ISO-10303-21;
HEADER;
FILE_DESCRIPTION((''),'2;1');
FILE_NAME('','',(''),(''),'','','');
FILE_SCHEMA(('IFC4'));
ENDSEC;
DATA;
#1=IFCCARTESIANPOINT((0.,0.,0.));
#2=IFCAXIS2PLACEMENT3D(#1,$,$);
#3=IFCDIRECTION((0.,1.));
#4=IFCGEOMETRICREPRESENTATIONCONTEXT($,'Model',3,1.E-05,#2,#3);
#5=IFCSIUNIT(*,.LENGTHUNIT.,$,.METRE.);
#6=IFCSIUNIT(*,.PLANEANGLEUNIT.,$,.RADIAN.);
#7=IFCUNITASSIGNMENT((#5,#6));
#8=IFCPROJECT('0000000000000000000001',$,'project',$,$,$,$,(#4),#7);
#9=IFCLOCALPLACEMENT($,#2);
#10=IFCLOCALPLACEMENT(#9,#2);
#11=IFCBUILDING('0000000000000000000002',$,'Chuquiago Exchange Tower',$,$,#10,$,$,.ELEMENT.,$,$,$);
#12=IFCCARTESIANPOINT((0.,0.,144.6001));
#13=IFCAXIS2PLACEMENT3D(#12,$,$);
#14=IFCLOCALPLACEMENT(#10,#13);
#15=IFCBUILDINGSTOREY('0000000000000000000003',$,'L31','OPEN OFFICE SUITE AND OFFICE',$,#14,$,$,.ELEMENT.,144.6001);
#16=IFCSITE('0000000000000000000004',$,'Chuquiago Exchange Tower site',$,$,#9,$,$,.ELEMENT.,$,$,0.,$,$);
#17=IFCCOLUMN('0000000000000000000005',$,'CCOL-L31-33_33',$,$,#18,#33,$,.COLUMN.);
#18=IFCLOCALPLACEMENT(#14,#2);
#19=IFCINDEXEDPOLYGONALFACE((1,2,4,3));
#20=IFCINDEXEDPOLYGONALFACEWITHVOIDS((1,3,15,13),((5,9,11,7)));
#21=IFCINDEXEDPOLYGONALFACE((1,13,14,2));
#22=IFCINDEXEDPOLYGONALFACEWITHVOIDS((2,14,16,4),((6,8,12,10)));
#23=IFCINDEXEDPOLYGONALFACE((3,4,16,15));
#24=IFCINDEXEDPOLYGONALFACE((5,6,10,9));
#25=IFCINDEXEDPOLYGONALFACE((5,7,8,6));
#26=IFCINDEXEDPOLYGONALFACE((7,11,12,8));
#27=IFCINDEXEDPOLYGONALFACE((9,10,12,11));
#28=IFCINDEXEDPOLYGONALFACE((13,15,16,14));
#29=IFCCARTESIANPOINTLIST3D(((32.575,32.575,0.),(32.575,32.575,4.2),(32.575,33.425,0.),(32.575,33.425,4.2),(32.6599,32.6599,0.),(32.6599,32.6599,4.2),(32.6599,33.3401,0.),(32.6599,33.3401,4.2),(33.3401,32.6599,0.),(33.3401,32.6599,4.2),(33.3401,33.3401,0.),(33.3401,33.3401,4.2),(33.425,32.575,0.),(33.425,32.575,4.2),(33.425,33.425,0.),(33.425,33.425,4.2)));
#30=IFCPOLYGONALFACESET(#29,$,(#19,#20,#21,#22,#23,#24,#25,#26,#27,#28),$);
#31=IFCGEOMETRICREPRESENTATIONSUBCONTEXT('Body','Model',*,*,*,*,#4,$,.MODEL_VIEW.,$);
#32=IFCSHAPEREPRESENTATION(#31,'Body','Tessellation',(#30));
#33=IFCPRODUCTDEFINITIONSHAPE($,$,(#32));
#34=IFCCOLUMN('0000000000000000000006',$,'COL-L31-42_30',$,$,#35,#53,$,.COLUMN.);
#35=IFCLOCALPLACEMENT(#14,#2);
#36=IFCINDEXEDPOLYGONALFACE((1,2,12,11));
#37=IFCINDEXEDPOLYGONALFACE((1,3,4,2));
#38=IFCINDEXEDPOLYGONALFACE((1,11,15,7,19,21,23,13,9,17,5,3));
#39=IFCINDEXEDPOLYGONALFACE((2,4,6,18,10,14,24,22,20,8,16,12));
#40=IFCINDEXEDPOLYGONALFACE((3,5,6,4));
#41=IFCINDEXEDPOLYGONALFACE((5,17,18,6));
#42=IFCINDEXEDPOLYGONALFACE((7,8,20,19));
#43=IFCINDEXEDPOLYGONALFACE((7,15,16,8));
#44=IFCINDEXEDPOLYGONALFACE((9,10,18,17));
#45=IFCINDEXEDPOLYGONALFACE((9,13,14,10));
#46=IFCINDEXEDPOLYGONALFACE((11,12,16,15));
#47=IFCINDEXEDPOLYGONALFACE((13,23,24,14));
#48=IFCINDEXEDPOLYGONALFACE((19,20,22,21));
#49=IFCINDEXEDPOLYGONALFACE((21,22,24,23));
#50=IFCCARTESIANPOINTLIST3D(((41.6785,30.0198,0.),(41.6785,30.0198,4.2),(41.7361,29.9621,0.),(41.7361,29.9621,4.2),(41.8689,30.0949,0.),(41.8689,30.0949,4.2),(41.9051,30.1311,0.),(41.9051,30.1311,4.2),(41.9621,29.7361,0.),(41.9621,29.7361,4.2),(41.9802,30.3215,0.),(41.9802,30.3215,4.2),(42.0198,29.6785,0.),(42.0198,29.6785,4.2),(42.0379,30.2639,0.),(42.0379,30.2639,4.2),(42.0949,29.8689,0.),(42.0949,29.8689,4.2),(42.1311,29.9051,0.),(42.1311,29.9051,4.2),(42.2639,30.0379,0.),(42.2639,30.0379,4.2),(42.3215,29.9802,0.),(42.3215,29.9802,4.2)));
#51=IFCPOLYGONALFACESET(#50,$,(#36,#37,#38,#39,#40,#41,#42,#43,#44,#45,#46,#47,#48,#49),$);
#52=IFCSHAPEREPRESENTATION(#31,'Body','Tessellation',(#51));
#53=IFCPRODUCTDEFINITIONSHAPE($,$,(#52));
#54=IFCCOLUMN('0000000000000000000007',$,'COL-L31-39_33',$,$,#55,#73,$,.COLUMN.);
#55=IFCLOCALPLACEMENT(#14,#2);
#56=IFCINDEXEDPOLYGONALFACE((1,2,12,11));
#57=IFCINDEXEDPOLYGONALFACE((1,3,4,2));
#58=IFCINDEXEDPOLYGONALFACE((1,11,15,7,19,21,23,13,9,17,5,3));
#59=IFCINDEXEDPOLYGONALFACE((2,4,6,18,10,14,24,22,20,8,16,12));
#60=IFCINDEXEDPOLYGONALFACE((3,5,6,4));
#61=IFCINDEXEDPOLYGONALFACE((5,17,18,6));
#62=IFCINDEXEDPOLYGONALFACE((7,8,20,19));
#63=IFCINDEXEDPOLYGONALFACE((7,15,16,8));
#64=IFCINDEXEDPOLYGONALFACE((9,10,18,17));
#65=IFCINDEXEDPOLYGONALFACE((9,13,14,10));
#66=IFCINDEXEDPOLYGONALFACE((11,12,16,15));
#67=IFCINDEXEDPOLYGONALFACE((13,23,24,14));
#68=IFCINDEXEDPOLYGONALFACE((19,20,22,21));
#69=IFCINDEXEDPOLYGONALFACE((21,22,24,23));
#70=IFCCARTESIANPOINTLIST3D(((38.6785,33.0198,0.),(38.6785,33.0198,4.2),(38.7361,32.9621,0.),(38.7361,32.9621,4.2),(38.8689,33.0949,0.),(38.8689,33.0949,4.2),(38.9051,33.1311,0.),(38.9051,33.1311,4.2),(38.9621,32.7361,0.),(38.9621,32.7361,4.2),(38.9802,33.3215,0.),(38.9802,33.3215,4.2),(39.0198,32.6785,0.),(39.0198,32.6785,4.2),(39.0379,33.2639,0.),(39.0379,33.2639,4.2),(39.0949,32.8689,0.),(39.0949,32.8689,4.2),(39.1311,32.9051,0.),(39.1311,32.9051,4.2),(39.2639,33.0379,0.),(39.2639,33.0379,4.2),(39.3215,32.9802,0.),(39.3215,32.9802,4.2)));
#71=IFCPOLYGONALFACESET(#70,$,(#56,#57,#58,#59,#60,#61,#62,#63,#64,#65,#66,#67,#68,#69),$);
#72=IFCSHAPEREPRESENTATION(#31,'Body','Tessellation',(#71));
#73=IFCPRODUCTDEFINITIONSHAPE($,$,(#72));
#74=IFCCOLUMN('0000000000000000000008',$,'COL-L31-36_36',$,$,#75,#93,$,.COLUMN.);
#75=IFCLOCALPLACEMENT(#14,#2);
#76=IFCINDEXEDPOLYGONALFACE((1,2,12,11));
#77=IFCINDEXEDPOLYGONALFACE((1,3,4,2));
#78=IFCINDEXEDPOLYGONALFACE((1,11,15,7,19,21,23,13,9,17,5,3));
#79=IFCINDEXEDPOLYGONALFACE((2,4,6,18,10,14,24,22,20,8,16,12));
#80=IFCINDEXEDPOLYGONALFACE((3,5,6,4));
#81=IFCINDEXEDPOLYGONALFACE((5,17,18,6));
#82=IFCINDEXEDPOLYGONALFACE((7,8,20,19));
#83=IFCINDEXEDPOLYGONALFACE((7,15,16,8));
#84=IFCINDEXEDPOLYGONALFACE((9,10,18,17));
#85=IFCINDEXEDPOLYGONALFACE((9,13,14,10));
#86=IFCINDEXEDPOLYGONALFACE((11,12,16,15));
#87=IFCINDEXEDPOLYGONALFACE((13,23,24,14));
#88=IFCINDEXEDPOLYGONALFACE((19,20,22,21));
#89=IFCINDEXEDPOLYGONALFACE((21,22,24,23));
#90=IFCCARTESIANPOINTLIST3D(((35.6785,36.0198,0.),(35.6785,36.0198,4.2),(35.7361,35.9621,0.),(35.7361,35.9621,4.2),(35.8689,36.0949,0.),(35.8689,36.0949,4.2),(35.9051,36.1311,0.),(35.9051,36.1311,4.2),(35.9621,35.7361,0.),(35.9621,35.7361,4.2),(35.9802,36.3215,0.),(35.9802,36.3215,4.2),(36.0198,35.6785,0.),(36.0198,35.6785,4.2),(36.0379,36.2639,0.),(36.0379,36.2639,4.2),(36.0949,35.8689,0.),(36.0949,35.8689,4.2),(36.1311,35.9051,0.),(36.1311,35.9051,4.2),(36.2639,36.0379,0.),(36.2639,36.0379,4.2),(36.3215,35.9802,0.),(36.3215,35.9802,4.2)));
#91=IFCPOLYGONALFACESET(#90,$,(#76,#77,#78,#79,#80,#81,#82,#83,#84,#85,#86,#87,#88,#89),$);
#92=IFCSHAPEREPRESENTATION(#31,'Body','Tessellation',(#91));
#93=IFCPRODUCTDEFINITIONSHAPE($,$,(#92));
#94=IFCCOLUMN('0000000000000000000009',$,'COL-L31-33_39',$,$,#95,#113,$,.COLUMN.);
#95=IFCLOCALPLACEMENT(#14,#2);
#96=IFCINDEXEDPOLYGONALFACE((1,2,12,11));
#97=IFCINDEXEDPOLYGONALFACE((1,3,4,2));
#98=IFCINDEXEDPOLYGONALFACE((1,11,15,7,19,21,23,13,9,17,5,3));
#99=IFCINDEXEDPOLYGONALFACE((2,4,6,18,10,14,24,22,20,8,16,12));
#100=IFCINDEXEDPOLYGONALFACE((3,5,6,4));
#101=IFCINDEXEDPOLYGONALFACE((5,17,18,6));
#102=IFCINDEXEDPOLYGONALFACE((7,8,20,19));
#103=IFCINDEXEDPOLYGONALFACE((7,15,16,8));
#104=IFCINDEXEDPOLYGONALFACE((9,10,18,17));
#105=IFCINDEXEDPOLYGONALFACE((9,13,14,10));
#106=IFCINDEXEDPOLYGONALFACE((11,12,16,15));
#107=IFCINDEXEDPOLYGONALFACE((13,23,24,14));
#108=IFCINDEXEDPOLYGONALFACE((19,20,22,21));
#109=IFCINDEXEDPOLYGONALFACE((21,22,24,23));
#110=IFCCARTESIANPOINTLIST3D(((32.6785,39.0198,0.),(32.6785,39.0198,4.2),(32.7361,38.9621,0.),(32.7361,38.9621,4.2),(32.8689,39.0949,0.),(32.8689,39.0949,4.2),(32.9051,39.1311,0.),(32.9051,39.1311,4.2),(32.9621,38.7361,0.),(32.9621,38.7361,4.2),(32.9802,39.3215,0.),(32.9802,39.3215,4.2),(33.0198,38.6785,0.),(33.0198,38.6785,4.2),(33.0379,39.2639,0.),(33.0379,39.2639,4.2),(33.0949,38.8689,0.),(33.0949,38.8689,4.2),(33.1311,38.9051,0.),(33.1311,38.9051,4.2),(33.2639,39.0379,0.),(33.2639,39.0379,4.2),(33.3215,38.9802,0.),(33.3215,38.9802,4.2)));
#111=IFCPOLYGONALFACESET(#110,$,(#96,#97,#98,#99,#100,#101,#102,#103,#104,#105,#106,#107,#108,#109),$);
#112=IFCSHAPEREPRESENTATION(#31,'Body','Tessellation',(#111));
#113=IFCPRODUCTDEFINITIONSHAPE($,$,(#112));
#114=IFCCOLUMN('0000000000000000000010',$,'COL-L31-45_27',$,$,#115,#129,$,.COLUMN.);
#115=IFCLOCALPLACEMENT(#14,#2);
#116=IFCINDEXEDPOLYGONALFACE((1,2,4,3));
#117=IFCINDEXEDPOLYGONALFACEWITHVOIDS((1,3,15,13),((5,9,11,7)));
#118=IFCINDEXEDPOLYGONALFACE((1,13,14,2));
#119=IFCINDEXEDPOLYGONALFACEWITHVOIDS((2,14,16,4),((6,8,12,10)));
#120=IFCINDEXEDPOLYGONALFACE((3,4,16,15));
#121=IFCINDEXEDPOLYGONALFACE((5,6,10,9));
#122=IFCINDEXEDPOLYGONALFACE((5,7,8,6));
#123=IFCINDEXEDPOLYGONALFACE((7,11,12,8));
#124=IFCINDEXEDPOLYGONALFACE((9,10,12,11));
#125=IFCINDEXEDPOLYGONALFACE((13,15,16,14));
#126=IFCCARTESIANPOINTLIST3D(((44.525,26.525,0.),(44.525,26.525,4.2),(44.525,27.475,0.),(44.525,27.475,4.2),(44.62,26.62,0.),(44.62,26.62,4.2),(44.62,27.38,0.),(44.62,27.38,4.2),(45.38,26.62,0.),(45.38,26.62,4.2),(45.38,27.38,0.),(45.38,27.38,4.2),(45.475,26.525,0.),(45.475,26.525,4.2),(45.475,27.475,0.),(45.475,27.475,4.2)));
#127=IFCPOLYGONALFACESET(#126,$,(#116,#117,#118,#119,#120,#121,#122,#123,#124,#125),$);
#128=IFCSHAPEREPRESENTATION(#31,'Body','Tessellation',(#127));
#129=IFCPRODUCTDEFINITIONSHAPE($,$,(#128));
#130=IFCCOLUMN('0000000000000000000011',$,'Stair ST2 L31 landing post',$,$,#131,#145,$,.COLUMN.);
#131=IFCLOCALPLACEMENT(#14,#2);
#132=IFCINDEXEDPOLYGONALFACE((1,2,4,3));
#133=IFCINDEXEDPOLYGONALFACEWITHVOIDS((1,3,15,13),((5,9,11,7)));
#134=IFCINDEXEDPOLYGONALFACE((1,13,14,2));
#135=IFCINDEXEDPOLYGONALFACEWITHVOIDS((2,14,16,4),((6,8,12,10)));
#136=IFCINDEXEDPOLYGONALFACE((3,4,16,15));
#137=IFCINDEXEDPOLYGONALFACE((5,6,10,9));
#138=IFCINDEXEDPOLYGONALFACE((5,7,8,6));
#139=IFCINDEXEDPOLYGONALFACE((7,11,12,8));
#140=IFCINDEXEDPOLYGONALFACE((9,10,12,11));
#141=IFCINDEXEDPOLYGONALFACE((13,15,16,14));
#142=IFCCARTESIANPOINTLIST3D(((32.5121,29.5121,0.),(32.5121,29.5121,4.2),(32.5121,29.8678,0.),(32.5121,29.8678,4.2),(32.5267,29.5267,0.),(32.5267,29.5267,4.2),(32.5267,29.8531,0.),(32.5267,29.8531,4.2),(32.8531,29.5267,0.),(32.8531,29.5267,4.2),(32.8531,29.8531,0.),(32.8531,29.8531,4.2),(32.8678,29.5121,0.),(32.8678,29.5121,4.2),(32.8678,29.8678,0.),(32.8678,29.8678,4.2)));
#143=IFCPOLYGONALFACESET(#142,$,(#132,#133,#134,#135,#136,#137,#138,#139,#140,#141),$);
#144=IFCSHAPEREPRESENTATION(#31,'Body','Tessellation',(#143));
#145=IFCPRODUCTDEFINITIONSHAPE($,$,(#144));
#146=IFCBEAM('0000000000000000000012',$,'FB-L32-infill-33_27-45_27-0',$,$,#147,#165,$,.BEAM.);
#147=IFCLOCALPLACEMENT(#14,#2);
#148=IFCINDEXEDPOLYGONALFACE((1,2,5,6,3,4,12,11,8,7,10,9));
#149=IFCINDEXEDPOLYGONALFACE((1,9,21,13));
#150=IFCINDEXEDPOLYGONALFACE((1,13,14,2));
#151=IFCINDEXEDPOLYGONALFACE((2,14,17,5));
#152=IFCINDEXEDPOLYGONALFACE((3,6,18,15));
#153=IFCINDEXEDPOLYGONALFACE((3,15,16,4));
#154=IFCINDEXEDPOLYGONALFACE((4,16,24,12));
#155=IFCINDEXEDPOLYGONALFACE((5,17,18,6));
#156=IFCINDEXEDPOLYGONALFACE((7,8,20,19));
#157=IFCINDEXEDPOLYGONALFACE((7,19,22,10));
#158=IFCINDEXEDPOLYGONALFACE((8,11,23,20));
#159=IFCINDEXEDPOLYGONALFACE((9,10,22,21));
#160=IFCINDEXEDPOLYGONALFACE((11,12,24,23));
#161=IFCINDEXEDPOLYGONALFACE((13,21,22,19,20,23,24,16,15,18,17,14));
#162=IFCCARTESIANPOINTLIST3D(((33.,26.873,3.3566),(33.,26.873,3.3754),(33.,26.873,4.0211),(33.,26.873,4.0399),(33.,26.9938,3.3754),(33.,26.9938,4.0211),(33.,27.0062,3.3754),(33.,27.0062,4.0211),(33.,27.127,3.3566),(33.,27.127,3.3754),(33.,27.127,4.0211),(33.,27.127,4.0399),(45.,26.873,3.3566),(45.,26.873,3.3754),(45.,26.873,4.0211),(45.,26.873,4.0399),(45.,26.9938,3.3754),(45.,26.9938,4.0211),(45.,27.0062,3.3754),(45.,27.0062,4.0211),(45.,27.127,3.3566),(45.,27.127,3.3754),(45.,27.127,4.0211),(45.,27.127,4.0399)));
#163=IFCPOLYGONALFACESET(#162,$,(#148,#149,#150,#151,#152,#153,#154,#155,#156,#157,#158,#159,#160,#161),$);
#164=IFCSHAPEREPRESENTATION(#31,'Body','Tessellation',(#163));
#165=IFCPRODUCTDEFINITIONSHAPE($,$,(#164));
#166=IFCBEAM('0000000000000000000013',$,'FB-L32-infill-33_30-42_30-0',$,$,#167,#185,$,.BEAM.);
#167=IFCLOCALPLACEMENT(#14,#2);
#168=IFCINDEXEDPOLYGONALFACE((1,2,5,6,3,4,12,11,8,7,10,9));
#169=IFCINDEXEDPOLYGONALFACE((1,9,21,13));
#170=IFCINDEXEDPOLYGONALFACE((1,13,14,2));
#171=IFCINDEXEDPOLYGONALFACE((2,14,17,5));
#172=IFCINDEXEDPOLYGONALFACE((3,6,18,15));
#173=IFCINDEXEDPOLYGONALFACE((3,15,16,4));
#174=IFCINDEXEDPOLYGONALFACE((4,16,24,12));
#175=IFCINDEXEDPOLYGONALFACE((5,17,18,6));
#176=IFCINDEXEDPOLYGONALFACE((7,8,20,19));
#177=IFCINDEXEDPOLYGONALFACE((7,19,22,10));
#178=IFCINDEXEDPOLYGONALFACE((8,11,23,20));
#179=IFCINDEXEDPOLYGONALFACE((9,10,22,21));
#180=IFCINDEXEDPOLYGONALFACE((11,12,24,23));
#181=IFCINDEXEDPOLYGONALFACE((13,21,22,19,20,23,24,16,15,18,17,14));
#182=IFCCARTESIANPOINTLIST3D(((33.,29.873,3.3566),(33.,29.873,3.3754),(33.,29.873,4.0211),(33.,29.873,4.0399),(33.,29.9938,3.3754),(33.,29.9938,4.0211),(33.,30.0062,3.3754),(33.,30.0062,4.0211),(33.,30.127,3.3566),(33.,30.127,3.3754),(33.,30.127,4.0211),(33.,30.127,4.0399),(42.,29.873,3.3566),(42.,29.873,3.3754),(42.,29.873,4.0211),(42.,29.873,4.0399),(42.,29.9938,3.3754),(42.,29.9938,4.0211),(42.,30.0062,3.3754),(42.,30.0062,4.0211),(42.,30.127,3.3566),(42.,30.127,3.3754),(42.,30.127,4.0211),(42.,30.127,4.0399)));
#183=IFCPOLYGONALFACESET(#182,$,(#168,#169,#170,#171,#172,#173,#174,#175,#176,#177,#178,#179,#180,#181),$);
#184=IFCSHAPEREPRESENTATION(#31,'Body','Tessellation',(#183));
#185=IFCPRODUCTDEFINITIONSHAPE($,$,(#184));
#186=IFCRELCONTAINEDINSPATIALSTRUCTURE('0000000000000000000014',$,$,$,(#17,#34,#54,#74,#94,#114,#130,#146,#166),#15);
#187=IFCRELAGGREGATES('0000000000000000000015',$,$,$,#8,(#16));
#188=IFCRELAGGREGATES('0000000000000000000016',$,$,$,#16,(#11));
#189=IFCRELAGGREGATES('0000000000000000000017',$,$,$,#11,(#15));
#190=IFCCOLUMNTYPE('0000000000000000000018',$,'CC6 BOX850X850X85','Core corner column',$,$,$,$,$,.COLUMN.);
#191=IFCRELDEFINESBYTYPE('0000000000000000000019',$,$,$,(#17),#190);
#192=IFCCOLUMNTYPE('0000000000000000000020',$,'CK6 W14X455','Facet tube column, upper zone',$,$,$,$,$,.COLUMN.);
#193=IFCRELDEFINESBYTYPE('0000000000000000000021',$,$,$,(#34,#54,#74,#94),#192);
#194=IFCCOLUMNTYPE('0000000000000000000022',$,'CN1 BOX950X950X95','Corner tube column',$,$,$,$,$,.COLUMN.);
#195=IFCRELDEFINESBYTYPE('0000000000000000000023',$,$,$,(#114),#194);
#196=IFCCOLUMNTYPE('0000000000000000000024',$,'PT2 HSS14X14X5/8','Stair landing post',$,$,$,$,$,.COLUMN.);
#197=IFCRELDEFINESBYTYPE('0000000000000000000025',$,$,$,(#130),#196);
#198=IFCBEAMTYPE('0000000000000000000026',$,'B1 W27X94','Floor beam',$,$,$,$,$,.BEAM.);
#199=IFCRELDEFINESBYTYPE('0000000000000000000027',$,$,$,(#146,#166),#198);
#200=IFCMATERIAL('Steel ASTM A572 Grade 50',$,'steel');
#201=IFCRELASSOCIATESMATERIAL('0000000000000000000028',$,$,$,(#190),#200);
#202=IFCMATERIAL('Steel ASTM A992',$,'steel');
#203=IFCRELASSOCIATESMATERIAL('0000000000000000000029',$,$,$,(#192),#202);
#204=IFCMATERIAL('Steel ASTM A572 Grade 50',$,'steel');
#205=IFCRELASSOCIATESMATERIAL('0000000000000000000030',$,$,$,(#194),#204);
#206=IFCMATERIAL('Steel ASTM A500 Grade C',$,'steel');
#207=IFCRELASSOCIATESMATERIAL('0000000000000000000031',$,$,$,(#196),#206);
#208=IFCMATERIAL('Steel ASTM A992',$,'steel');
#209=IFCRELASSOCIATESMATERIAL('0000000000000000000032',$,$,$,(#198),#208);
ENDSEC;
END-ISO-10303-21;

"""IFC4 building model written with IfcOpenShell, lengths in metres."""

from ifc_helpers import new_model, si_unit, direction, frame, origin, origin_2d, place, context, subcontext, project, spatial, hollow_rectangle, i_section, extrude, material, material_profile, profile_set, type_object, element, save


model = new_model("IFC4")

# Units and contexts
model_context = context("Model", 3, precision=1e-05, world=origin(), true_north=direction((0.0, 1.0)))
body_context = subcontext(model_context, "Body", "Model", "MODEL_VIEW")
ifc_project = project(units=[si_unit("LENGTHUNIT", "METRE"), si_unit("PLANEANGLEUNIT", "RADIAN")], contexts=[model_context])

# Site, building, storey
site_placement = place(None, origin())
site = spatial("IfcSite", under=ifc_project, at=site_placement, Name="Chuquiago Exchange Tower site", CompositionType="ELEMENT", RefElevation=0.0)
building_placement = place(site_placement, origin())
building = spatial("IfcBuilding", under=site, at=building_placement, Name="Chuquiago Exchange Tower", CompositionType="ELEMENT")
storey_placement = place(building_placement, frame((0.0, 0.0, 144.6001)))
storey = spatial("IfcBuildingStorey", under=building, at=storey_placement, Name="L31", Description="OPEN OFFICE SUITE AND OFFICE", CompositionType="ELEMENT", Elevation=144.6001)

# Columns
ifc_material_1 = material(Name="Steel ASTM A572 Grade 50", Category="steel")
ifc_material_profile_1 = material_profile(ifc_material_1, hollow_rectangle(XDim=0.8501, YDim=0.8501, WallThickness=0.085, at=origin_2d()), Name="BOX850X850X85")
ifc_profile_set_1 = profile_set([ifc_material_profile_1], Name="Steel ASTM A572 Grade 50")
column_type_1 = type_object("IfcColumnType", Name="CC6 BOX850X850X85", Description="Core corner column", PredefinedType="COLUMN", material=ifc_profile_set_1)
column_1_placement = place(storey_placement, frame((33.0, 33.0, 0.0), z_axis=(0.0, 0.0, 1.0), x_axis=(1.0, 0.0, 0.0)))
element("IfcColumn", 1, at=column_1_placement, inside=storey, type_object=column_type_1, Name="CCOL-L31-33_33", PredefinedType="COLUMN", context=body_context, shape_type="SweptSolid", body=[
    extrude(hollow_rectangle(XDim=0.8501, YDim=0.8501, WallThickness=0.085, at=origin_2d()), origin(), (0.0, 0.0, 1.0), 4.2),
])
ifc_material_2 = material(Name="Steel ASTM A992", Category="steel")
ifc_material_profile_2 = material_profile(ifc_material_2, i_section(OverallWidth=0.4268, OverallDepth=0.4827, WebThickness=0.0513, FlangeThickness=0.0815, at=origin_2d()), Name="W14X455")
ifc_profile_set_2 = profile_set([ifc_material_profile_2], Name="Steel ASTM A992")
column_type_2 = type_object("IfcColumnType", Name="CK6 W14X455", Description="Facet tube column, upper zone", PredefinedType="COLUMN", material=ifc_profile_set_2)
for number, where, z_axis, x_axis, name in (
    (2, (42.0, 30.0, 0.0), (0.0, 0.0, 1.0), (0.707107, 0.707107, 0.0), "COL-L31-42_30"),
    (3, (39.0, 33.0, 0.0), (0.0, 0.0, 1.0), (0.707107, 0.707107, 0.0), "COL-L31-39_33"),
    (4, (36.0, 36.0, 0.0), (0.0, 0.0, 1.0), (0.707107, 0.707107, 0.0), "COL-L31-36_36"),
    (5, (33.0, 39.0, 0.0), (0.0, 0.0, 1.0), (0.707107, 0.707107, 0.0), "COL-L31-33_39"),
):
    element("IfcColumn", number, at=place(storey_placement, frame(where, z_axis=z_axis, x_axis=x_axis)), inside=storey, type_object=column_type_2, Name=name, PredefinedType="COLUMN", context=body_context, shape_type="SweptSolid", body=[
        extrude(i_section(OverallWidth=0.4268, OverallDepth=0.4827, WebThickness=0.0513, FlangeThickness=0.0815, at=origin_2d()), origin(), (0.0, 0.0, 1.0), 4.2),
    ])
ifc_material_3 = material(Name="Steel ASTM A572 Grade 50", Category="steel")
ifc_material_profile_3 = material_profile(ifc_material_3, hollow_rectangle(XDim=0.95, YDim=0.95, WallThickness=0.095, at=origin_2d()), Name="BOX950X950X95")
ifc_profile_set_3 = profile_set([ifc_material_profile_3], Name="Steel ASTM A572 Grade 50")
column_type_3 = type_object("IfcColumnType", Name="CN1 BOX950X950X95", Description="Corner tube column", PredefinedType="COLUMN", material=ifc_profile_set_3)
column_2_placement = place(storey_placement, frame((45.0, 27.0, 0.0), z_axis=(0.0, 0.0, 1.0), x_axis=(1.0, 0.0, 0.0)))
element("IfcColumn", 6, at=column_2_placement, inside=storey, type_object=column_type_3, Name="COL-L31-45_27", PredefinedType="COLUMN", context=body_context, shape_type="SweptSolid", body=[
    extrude(hollow_rectangle(XDim=0.95, YDim=0.95, WallThickness=0.095, at=origin_2d()), origin(), (0.0, 0.0, 1.0), 4.2),
])
ifc_material_4 = material(Name="Steel ASTM A500 Grade C", Category="steel")
ifc_material_profile_4 = material_profile(ifc_material_4, hollow_rectangle(XDim=0.3557, YDim=0.3557, WallThickness=0.0146, at=origin_2d()), Name="HSS14X14X5/8")
ifc_profile_set_4 = profile_set([ifc_material_profile_4], Name="Steel ASTM A500 Grade C")
column_type_4 = type_object("IfcColumnType", Name="PT2 HSS14X14X5/8", Description="Stair landing post", PredefinedType="COLUMN", material=ifc_profile_set_4)
column_3_placement = place(storey_placement, frame((32.6899, 29.6899, 0.0), z_axis=(0.0, 0.0, 1.0), x_axis=(1.0, 0.0, 0.0)))
element("IfcColumn", 7, at=column_3_placement, inside=storey, type_object=column_type_4, Name="Stair ST2 L31 landing post", PredefinedType="COLUMN", context=body_context, shape_type="SweptSolid", body=[
    extrude(hollow_rectangle(XDim=0.3557, YDim=0.3557, WallThickness=0.0146, at=origin_2d()), origin(), (0.0, 0.0, 1.0), 4.2),
])

# Beams
ifc_material_5 = material(Name="Steel ASTM A992", Category="steel")
ifc_material_profile_5 = material_profile(ifc_material_5, i_section(OverallWidth=0.2539, OverallDepth=0.6833, WebThickness=0.0125, FlangeThickness=0.0188, at=origin_2d()), Name="W27X94")
ifc_profile_set_5 = profile_set([ifc_material_profile_5], Name="Steel ASTM A992")
beam_type_1 = type_object("IfcBeamType", Name="B1 W27X94", Description="Floor beam", PredefinedType="BEAM", material=ifc_profile_set_5)
beam_1_placement = place(storey_placement, frame((33.0, 27.0, 3.6982), z_axis=(1.0, 0.0, 0.0), x_axis=(0.0, 1.0, 0.0)))
element("IfcBeam", 8, at=beam_1_placement, inside=storey, type_object=beam_type_1, Name="FB-L32-infill-33_27-45_27-0", PredefinedType="BEAM", context=body_context, shape_type="SweptSolid", body=[
    extrude(i_section(OverallWidth=0.2539, OverallDepth=0.6833, WebThickness=0.0125, FlangeThickness=0.0188, at=origin_2d()), origin(), (0.0, 0.0, 1.0), 12.0),
])
beam_2_placement = place(storey_placement, frame((33.0, 30.0, 3.6982), z_axis=(1.0, 0.0, 0.0), x_axis=(0.0, 1.0, 0.0)))
element("IfcBeam", 9, at=beam_2_placement, inside=storey, type_object=beam_type_1, Name="FB-L32-infill-33_30-42_30-0", PredefinedType="BEAM", context=body_context, shape_type="SweptSolid", body=[
    extrude(i_section(OverallWidth=0.2539, OverallDepth=0.6833, WebThickness=0.0125, FlangeThickness=0.0188, at=origin_2d()), origin(), (0.0, 0.0, 1.0), 9.0),
])

save(model, "model.ifc")
